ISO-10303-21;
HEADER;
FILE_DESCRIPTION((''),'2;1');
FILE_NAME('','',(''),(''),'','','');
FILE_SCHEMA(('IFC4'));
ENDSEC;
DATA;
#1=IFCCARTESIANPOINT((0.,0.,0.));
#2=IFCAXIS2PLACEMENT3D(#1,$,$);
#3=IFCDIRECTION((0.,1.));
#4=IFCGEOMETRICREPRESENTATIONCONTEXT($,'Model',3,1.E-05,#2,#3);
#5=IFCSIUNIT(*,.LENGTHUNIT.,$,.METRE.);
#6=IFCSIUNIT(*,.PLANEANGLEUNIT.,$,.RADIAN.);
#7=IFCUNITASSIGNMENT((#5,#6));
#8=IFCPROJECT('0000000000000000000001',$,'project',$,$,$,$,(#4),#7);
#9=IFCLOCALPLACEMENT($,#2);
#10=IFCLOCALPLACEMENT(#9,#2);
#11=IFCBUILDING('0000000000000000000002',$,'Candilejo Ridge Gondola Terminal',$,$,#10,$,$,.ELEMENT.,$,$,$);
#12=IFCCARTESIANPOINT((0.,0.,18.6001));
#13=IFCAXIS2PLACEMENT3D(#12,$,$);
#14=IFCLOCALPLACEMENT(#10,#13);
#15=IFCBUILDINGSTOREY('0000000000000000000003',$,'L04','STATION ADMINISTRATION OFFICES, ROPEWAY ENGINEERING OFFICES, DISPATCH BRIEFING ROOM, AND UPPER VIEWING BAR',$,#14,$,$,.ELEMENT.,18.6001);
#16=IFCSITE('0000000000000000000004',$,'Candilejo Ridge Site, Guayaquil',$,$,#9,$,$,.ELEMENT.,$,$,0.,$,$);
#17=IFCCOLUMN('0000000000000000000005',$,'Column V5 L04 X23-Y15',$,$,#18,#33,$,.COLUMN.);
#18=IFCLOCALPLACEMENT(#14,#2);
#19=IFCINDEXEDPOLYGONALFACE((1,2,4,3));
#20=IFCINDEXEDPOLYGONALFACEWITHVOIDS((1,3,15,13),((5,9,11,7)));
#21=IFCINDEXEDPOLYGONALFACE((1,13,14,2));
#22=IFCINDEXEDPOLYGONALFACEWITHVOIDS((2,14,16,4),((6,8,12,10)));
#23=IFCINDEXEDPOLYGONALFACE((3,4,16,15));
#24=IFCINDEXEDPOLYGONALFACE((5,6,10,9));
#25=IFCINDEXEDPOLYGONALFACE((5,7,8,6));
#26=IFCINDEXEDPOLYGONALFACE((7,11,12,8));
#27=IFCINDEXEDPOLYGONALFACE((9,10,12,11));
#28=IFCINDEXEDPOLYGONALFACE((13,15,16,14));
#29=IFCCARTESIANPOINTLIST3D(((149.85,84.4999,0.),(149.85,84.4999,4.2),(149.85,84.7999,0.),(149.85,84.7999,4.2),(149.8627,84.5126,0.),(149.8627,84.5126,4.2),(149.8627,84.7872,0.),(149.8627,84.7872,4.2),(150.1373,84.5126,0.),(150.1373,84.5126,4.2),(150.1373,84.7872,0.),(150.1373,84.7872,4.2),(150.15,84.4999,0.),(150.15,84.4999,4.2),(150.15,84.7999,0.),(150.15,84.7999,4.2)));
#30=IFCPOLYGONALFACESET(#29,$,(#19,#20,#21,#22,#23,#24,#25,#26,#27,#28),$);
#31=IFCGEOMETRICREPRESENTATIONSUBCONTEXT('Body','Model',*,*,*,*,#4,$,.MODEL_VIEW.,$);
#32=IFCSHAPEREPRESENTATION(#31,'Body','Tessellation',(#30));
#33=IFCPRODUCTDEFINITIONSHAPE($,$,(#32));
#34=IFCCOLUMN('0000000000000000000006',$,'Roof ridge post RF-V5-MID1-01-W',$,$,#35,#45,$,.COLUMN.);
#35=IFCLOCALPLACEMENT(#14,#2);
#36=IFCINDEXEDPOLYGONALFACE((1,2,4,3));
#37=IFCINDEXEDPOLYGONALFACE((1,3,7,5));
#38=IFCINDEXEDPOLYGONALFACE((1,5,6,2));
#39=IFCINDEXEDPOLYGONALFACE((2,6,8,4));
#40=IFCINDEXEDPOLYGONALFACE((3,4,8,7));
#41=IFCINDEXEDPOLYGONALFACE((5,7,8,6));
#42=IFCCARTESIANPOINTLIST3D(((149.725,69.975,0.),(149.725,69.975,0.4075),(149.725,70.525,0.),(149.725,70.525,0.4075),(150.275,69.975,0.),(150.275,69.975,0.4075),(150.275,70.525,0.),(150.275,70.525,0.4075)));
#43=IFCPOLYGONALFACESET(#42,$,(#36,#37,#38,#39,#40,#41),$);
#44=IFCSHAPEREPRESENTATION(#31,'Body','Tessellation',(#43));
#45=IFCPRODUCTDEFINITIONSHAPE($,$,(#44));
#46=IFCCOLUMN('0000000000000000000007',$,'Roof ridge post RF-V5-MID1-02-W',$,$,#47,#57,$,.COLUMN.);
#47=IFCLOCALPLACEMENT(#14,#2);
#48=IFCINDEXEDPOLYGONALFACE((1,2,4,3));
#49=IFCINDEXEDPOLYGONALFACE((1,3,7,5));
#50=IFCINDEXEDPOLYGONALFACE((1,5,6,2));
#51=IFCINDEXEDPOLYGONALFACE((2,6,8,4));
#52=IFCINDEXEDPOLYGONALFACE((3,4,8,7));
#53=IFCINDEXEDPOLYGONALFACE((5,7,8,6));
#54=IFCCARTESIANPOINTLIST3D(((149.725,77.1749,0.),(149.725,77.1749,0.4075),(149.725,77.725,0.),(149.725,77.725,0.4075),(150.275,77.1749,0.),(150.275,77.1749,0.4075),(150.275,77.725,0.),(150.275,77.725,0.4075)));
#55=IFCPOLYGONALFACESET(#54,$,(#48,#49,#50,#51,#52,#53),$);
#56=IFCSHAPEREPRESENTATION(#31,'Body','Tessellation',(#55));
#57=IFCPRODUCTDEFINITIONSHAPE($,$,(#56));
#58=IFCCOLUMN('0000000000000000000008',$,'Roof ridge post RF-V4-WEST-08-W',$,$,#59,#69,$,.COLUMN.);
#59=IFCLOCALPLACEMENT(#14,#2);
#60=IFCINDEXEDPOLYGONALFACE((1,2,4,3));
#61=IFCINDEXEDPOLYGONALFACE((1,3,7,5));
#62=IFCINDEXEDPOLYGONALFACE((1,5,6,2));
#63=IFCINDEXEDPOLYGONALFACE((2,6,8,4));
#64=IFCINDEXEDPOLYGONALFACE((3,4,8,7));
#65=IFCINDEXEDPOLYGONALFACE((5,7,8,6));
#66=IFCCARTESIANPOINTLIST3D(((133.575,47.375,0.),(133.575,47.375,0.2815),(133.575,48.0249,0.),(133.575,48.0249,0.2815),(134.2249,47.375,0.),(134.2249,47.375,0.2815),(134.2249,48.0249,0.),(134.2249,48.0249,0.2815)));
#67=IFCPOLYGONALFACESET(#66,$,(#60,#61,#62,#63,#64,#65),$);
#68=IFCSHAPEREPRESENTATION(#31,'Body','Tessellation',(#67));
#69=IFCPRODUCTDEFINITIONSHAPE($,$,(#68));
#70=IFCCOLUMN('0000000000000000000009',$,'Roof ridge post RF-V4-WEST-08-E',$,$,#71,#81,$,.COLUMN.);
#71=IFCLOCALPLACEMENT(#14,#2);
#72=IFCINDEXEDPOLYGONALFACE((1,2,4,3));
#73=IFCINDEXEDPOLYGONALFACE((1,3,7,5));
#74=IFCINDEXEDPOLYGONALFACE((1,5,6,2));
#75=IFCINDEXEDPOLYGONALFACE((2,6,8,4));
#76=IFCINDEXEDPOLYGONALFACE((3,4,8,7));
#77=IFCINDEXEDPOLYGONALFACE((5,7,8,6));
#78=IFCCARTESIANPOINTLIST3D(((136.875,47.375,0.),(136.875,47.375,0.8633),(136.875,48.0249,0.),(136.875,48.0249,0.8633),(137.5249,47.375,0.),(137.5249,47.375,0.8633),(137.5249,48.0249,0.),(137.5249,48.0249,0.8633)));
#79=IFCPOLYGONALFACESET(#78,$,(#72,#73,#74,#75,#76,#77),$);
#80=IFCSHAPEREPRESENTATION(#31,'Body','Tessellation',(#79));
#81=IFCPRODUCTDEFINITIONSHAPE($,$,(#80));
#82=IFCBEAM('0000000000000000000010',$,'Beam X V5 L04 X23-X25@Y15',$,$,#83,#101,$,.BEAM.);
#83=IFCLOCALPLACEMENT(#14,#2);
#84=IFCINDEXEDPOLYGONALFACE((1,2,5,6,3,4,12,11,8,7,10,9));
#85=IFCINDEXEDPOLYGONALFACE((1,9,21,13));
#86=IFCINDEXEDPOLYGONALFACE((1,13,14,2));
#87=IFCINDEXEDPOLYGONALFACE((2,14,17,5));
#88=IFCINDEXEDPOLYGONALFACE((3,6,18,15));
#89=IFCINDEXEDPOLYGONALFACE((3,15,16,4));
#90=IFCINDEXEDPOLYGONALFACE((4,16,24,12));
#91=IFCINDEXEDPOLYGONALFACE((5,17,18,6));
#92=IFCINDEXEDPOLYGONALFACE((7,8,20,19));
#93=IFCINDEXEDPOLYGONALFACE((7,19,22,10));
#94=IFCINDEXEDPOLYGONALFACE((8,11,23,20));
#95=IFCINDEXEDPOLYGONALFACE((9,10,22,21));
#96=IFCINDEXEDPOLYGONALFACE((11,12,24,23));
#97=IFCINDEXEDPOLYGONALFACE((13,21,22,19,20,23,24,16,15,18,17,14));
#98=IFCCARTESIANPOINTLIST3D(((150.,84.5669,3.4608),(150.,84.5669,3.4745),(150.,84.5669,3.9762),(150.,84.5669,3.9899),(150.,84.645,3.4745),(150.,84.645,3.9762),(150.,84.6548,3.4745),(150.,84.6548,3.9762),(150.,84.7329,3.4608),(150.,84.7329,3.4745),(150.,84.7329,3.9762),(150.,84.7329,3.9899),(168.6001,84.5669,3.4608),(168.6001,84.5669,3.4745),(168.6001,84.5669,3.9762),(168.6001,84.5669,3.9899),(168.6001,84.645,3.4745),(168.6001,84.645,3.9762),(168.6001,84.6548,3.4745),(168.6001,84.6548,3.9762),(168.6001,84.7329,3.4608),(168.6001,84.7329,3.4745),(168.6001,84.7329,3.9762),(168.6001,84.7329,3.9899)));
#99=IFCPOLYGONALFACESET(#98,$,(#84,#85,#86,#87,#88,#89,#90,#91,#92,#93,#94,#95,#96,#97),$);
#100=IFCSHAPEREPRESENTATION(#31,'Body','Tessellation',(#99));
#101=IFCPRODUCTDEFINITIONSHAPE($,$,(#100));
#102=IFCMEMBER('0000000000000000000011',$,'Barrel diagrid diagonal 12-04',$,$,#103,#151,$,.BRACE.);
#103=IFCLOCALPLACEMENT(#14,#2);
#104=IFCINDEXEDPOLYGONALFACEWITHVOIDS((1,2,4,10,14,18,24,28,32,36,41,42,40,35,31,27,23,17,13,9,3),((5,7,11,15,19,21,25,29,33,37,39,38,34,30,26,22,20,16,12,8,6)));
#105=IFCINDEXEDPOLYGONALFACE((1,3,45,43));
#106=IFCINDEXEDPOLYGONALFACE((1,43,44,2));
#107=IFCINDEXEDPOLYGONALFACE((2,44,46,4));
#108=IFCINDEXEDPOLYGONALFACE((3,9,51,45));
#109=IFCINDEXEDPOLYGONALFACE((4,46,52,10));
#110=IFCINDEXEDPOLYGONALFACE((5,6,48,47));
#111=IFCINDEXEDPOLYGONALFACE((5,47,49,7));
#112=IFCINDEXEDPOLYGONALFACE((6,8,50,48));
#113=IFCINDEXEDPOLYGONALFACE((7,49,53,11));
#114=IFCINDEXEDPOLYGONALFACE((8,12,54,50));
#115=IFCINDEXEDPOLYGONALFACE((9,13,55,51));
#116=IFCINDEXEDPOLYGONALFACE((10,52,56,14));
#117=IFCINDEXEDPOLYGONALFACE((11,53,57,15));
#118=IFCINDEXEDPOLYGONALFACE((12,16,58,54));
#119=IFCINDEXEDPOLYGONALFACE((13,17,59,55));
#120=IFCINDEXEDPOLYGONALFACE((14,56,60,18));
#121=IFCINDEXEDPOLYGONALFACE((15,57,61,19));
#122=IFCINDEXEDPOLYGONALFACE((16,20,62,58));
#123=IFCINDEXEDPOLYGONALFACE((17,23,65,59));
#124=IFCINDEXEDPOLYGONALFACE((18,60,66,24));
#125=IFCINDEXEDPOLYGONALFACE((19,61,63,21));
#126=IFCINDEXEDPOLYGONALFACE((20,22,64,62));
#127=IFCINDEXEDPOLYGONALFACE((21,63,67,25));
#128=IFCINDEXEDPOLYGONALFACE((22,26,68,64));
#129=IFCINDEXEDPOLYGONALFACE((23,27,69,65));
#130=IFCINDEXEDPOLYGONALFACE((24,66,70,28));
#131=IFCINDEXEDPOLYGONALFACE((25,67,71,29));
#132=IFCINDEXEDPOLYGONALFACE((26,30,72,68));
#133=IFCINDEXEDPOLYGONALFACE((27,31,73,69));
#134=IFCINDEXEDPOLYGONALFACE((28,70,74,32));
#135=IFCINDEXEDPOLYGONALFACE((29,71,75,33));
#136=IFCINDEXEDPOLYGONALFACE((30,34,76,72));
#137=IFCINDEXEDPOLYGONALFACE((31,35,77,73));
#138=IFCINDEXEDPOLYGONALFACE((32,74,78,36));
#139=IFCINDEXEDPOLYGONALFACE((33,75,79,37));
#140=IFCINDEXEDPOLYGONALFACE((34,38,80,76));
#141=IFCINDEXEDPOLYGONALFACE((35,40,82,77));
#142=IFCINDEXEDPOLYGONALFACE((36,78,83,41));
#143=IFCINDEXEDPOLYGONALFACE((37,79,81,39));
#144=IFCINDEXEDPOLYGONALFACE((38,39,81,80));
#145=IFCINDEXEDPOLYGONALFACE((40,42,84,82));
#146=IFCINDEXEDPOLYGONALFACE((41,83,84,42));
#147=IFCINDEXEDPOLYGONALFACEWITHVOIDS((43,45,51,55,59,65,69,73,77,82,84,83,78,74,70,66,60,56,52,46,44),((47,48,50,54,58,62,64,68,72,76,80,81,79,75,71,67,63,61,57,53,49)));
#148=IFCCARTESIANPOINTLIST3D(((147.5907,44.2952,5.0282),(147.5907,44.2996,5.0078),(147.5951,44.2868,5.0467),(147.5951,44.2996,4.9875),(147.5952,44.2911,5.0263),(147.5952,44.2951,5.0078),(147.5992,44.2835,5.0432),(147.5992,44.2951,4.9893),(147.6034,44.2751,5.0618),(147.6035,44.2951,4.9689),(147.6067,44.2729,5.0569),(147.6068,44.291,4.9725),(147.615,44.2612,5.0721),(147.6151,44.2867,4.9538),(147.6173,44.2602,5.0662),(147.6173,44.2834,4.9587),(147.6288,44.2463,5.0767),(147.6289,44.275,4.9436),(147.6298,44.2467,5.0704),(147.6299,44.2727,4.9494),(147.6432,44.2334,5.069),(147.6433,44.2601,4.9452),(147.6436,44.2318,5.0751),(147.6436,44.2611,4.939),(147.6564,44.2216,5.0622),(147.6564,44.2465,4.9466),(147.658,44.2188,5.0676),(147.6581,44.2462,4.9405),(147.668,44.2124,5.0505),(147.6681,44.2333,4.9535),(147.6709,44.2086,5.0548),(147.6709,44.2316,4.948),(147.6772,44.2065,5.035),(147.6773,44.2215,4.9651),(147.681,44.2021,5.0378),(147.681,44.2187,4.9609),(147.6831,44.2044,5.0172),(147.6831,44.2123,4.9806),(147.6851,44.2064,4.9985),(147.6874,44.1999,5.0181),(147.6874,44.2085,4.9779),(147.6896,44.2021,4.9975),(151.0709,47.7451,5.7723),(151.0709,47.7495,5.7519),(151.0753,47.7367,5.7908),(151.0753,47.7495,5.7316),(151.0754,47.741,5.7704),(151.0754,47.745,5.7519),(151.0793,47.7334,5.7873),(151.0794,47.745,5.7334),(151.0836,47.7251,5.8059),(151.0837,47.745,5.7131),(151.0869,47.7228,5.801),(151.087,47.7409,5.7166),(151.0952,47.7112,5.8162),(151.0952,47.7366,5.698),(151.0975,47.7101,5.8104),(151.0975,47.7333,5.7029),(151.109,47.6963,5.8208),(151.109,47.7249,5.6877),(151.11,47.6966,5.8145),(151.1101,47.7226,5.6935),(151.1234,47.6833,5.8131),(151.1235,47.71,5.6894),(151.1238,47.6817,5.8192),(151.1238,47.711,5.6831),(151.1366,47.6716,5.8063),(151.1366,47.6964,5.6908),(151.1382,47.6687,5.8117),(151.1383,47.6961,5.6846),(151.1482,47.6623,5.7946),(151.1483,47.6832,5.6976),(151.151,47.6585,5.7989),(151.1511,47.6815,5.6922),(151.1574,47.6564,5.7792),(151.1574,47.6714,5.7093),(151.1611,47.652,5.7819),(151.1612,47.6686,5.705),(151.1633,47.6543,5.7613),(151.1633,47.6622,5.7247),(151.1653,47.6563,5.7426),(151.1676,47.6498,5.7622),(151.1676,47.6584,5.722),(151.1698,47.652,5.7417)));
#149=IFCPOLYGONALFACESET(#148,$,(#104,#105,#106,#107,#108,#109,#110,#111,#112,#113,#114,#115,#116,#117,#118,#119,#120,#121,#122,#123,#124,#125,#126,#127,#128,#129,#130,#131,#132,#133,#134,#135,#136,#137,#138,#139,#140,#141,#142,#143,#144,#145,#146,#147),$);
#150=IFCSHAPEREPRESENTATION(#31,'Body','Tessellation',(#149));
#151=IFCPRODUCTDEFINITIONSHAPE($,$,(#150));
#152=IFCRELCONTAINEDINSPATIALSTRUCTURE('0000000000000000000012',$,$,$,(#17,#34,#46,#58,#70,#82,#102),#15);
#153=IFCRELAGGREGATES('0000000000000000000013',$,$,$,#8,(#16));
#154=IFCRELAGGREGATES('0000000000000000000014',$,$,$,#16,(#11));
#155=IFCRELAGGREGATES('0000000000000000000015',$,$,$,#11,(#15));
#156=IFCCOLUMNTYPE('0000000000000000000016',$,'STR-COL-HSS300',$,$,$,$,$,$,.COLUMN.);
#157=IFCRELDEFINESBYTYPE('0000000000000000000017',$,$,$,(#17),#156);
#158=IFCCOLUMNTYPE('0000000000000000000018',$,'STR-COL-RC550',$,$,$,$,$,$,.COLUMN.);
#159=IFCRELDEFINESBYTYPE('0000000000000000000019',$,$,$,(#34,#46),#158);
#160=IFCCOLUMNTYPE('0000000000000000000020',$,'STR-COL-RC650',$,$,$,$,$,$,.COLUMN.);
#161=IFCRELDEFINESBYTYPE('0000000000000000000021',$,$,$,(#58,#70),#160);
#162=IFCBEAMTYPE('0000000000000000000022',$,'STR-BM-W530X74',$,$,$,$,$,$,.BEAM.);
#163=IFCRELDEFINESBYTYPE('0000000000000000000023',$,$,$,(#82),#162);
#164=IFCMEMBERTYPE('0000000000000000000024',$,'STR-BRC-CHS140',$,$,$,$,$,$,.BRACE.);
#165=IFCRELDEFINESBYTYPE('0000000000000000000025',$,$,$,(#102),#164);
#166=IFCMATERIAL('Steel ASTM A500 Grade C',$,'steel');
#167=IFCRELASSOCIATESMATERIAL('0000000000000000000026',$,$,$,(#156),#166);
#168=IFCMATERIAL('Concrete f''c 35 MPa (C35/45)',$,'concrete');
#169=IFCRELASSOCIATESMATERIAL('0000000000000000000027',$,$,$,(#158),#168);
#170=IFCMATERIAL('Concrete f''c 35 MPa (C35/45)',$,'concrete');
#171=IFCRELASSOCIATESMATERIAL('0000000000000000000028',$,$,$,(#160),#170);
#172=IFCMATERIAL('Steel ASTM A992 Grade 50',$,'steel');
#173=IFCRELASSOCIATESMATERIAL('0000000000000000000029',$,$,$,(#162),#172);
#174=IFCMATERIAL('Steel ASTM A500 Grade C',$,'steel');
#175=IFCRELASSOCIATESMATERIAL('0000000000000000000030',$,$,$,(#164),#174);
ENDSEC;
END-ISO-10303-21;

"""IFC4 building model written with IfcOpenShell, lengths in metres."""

from ifc_helpers import new_model, si_unit, direction, frame, origin, origin_2d, place, context, subcontext, project, spatial, rectangle, hollow_rectangle, hollow_circle, i_section, extrude, material, material_profile, profile_set, type_object, element, save


model = new_model("IFC4")

# Units and contexts
model_context = context("Model", 3, precision=1e-05, world=origin(), true_north=direction((0.0, 1.0)))
body_context = subcontext(model_context, "Body", "Model", "MODEL_VIEW")
ifc_project = project(units=[si_unit("LENGTHUNIT", "METRE"), si_unit("PLANEANGLEUNIT", "RADIAN")], contexts=[model_context])

# Site, building, storey
site_placement = place(None, origin())
site = spatial("IfcSite", under=ifc_project, at=site_placement, Name="Candilejo Ridge Site, Guayaquil", CompositionType="ELEMENT", RefElevation=0.0)
building_placement = place(site_placement, origin())
building = spatial("IfcBuilding", under=site, at=building_placement, Name="Candilejo Ridge Gondola Terminal", CompositionType="ELEMENT")
storey_placement = place(building_placement, frame((0.0, 0.0, 18.6001)))
storey = spatial("IfcBuildingStorey", under=building, at=storey_placement, Name="L04", Description="STATION ADMINISTRATION OFFICES, ROPEWAY ENGINEERING OFFICES, DISPATCH BRIEFING ROOM, AND UPPER VIEWING BAR", CompositionType="ELEMENT", Elevation=18.6001)

# Columns
ifc_material_1 = material(Name="Steel ASTM A500 Grade C", Category="steel")
ifc_material_profile_1 = material_profile(ifc_material_1, hollow_rectangle(XDim=0.3, YDim=0.3, WallThickness=0.0127, at=origin_2d()))
ifc_profile_set_1 = profile_set([ifc_material_profile_1], Name="Steel ASTM A500 Grade C")
column_type_1 = type_object("IfcColumnType", Name="STR-COL-HSS300", PredefinedType="COLUMN", material=ifc_profile_set_1)
column_1_placement = place(storey_placement, frame((150.0, 84.6499, 0.0), z_axis=(0.0, 0.0, 1.0), x_axis=(1.0, 0.0, 0.0)))
element("IfcColumn", 1, at=column_1_placement, inside=storey, type_object=column_type_1, Name="Column V5 L04 X23-Y15", PredefinedType="COLUMN", context=body_context, shape_type="SweptSolid", body=[
    extrude(hollow_rectangle(XDim=0.3, YDim=0.3, WallThickness=0.0127, at=origin_2d()), origin(), (0.0, 0.0, 1.0), 4.2),
])
ifc_material_2 = material(Name="Concrete f'c 35 MPa (C35/45)", Category="concrete")
ifc_material_profile_2 = material_profile(ifc_material_2, rectangle(XDim=0.55, YDim=0.55, at=origin_2d()))
ifc_profile_set_2 = profile_set([ifc_material_profile_2], Name="Concrete f'c 35 MPa (C35/45)")
column_type_2 = type_object("IfcColumnType", Name="STR-COL-RC550", PredefinedType="COLUMN", material=ifc_profile_set_2)
for number, where, z_axis, x_axis, name in (
    (2, (150.0, 70.25, 0.0), (0.0, 0.0, 1.0), (1.0, 0.0, 0.0), "Roof ridge post RF-V5-MID1-01-W"),
    (3, (150.0, 77.45, 0.0), (0.0, 0.0, 1.0), (1.0, 0.0, 0.0), "Roof ridge post RF-V5-MID1-02-W"),
):
    element("IfcColumn", number, at=place(storey_placement, frame(where, z_axis=z_axis, x_axis=x_axis)), inside=storey, type_object=column_type_2, Name=name, PredefinedType="COLUMN", context=body_context, shape_type="SweptSolid", body=[
        extrude(rectangle(XDim=0.55, YDim=0.55, at=origin_2d()), origin(), (0.0, 0.0, 1.0), 0.4075),
    ])
ifc_material_3 = material(Name="Concrete f'c 35 MPa (C35/45)", Category="concrete")
ifc_material_profile_3 = material_profile(ifc_material_3, rectangle(XDim=0.6499, YDim=0.6499, at=origin_2d()))
ifc_profile_set_3 = profile_set([ifc_material_profile_3], Name="Concrete f'c 35 MPa (C35/45)")
column_type_3 = type_object("IfcColumnType", Name="STR-COL-RC650", PredefinedType="COLUMN", material=ifc_profile_set_3)
column_2_placement = place(storey_placement, frame((133.8999, 47.7, 0.0), z_axis=(0.0, 0.0, 1.0), x_axis=(1.0, 0.0, 0.0)))
element("IfcColumn", 4, at=column_2_placement, inside=storey, type_object=column_type_3, Name="Roof ridge post RF-V4-WEST-08-W", PredefinedType="COLUMN", context=body_context, shape_type="SweptSolid", body=[
    extrude(rectangle(XDim=0.6499, YDim=0.6499, at=origin_2d()), origin(), (0.0, 0.0, 1.0), 0.2815),
])
column_3_placement = place(storey_placement, frame((137.2, 47.7, 0.0), z_axis=(0.0, 0.0, 1.0), x_axis=(1.0, 0.0, 0.0)))
element("IfcColumn", 5, at=column_3_placement, inside=storey, type_object=column_type_3, Name="Roof ridge post RF-V4-WEST-08-E", PredefinedType="COLUMN", context=body_context, shape_type="SweptSolid", body=[
    extrude(rectangle(XDim=0.6499, YDim=0.6499, at=origin_2d()), origin(), (0.0, 0.0, 1.0), 0.8633),
])

# Beam
ifc_material_4 = material(Name="Steel ASTM A992 Grade 50", Category="steel")
ifc_material_profile_4 = material_profile(ifc_material_4, i_section(OverallWidth=0.166, OverallDepth=0.5291, WebThickness=0.0098, FlangeThickness=0.0137, at=origin_2d()))
ifc_profile_set_4 = profile_set([ifc_material_profile_4], Name="Steel ASTM A992 Grade 50")
beam_type_1 = type_object("IfcBeamType", Name="STR-BM-W530X74", PredefinedType="BEAM", material=ifc_profile_set_4)
beam_1_placement = place(storey_placement, frame((150.0, 84.6499, 3.7253), z_axis=(1.0, 0.0, 0.0), x_axis=(0.0, 1.0, 0.0)))
element("IfcBeam", 6, at=beam_1_placement, inside=storey, type_object=beam_type_1, Name="Beam X V5 L04 X23-X25@Y15", PredefinedType="BEAM", context=body_context, shape_type="SweptSolid", body=[
    extrude(i_section(OverallWidth=0.166, OverallDepth=0.5291, WebThickness=0.0098, FlangeThickness=0.0137, at=origin_2d()), origin(), (0.0, 0.0, 1.0), 18.6001),
])

# Member
ifc_material_5 = material(Name="Steel ASTM A500 Grade C", Category="steel")
ifc_material_profile_5 = material_profile(ifc_material_5, hollow_circle(Radius=0.0698, WallThickness=0.0063, at=origin_2d()))
ifc_profile_set_5 = profile_set([ifc_material_profile_5], Name="Steel ASTM A500 Grade C")
member_type_1 = type_object("IfcMemberType", Name="STR-BRC-CHS140", PredefinedType="BRACE", material=ifc_profile_set_5)
member_1_placement = place(storey_placement, frame((147.6399, 44.25, 5.0078), z_axis=(0.70214, 0.696032, 0.150131), x_axis=(-0.704011, 0.710189, 0.0)))
element("IfcMember", 7, at=member_1_placement, inside=storey, type_object=member_type_1, Name="Barrel diagrid diagonal 12-04", PredefinedType="BRACE", context=body_context, shape_type="SweptSolid", body=[
    extrude(hollow_circle(Radius=0.0698, WallThickness=0.0063, at=origin_2d()), origin(), (0.0, 0.0, 1.0), 4.9565),
])

save(model, "model.ifc")
